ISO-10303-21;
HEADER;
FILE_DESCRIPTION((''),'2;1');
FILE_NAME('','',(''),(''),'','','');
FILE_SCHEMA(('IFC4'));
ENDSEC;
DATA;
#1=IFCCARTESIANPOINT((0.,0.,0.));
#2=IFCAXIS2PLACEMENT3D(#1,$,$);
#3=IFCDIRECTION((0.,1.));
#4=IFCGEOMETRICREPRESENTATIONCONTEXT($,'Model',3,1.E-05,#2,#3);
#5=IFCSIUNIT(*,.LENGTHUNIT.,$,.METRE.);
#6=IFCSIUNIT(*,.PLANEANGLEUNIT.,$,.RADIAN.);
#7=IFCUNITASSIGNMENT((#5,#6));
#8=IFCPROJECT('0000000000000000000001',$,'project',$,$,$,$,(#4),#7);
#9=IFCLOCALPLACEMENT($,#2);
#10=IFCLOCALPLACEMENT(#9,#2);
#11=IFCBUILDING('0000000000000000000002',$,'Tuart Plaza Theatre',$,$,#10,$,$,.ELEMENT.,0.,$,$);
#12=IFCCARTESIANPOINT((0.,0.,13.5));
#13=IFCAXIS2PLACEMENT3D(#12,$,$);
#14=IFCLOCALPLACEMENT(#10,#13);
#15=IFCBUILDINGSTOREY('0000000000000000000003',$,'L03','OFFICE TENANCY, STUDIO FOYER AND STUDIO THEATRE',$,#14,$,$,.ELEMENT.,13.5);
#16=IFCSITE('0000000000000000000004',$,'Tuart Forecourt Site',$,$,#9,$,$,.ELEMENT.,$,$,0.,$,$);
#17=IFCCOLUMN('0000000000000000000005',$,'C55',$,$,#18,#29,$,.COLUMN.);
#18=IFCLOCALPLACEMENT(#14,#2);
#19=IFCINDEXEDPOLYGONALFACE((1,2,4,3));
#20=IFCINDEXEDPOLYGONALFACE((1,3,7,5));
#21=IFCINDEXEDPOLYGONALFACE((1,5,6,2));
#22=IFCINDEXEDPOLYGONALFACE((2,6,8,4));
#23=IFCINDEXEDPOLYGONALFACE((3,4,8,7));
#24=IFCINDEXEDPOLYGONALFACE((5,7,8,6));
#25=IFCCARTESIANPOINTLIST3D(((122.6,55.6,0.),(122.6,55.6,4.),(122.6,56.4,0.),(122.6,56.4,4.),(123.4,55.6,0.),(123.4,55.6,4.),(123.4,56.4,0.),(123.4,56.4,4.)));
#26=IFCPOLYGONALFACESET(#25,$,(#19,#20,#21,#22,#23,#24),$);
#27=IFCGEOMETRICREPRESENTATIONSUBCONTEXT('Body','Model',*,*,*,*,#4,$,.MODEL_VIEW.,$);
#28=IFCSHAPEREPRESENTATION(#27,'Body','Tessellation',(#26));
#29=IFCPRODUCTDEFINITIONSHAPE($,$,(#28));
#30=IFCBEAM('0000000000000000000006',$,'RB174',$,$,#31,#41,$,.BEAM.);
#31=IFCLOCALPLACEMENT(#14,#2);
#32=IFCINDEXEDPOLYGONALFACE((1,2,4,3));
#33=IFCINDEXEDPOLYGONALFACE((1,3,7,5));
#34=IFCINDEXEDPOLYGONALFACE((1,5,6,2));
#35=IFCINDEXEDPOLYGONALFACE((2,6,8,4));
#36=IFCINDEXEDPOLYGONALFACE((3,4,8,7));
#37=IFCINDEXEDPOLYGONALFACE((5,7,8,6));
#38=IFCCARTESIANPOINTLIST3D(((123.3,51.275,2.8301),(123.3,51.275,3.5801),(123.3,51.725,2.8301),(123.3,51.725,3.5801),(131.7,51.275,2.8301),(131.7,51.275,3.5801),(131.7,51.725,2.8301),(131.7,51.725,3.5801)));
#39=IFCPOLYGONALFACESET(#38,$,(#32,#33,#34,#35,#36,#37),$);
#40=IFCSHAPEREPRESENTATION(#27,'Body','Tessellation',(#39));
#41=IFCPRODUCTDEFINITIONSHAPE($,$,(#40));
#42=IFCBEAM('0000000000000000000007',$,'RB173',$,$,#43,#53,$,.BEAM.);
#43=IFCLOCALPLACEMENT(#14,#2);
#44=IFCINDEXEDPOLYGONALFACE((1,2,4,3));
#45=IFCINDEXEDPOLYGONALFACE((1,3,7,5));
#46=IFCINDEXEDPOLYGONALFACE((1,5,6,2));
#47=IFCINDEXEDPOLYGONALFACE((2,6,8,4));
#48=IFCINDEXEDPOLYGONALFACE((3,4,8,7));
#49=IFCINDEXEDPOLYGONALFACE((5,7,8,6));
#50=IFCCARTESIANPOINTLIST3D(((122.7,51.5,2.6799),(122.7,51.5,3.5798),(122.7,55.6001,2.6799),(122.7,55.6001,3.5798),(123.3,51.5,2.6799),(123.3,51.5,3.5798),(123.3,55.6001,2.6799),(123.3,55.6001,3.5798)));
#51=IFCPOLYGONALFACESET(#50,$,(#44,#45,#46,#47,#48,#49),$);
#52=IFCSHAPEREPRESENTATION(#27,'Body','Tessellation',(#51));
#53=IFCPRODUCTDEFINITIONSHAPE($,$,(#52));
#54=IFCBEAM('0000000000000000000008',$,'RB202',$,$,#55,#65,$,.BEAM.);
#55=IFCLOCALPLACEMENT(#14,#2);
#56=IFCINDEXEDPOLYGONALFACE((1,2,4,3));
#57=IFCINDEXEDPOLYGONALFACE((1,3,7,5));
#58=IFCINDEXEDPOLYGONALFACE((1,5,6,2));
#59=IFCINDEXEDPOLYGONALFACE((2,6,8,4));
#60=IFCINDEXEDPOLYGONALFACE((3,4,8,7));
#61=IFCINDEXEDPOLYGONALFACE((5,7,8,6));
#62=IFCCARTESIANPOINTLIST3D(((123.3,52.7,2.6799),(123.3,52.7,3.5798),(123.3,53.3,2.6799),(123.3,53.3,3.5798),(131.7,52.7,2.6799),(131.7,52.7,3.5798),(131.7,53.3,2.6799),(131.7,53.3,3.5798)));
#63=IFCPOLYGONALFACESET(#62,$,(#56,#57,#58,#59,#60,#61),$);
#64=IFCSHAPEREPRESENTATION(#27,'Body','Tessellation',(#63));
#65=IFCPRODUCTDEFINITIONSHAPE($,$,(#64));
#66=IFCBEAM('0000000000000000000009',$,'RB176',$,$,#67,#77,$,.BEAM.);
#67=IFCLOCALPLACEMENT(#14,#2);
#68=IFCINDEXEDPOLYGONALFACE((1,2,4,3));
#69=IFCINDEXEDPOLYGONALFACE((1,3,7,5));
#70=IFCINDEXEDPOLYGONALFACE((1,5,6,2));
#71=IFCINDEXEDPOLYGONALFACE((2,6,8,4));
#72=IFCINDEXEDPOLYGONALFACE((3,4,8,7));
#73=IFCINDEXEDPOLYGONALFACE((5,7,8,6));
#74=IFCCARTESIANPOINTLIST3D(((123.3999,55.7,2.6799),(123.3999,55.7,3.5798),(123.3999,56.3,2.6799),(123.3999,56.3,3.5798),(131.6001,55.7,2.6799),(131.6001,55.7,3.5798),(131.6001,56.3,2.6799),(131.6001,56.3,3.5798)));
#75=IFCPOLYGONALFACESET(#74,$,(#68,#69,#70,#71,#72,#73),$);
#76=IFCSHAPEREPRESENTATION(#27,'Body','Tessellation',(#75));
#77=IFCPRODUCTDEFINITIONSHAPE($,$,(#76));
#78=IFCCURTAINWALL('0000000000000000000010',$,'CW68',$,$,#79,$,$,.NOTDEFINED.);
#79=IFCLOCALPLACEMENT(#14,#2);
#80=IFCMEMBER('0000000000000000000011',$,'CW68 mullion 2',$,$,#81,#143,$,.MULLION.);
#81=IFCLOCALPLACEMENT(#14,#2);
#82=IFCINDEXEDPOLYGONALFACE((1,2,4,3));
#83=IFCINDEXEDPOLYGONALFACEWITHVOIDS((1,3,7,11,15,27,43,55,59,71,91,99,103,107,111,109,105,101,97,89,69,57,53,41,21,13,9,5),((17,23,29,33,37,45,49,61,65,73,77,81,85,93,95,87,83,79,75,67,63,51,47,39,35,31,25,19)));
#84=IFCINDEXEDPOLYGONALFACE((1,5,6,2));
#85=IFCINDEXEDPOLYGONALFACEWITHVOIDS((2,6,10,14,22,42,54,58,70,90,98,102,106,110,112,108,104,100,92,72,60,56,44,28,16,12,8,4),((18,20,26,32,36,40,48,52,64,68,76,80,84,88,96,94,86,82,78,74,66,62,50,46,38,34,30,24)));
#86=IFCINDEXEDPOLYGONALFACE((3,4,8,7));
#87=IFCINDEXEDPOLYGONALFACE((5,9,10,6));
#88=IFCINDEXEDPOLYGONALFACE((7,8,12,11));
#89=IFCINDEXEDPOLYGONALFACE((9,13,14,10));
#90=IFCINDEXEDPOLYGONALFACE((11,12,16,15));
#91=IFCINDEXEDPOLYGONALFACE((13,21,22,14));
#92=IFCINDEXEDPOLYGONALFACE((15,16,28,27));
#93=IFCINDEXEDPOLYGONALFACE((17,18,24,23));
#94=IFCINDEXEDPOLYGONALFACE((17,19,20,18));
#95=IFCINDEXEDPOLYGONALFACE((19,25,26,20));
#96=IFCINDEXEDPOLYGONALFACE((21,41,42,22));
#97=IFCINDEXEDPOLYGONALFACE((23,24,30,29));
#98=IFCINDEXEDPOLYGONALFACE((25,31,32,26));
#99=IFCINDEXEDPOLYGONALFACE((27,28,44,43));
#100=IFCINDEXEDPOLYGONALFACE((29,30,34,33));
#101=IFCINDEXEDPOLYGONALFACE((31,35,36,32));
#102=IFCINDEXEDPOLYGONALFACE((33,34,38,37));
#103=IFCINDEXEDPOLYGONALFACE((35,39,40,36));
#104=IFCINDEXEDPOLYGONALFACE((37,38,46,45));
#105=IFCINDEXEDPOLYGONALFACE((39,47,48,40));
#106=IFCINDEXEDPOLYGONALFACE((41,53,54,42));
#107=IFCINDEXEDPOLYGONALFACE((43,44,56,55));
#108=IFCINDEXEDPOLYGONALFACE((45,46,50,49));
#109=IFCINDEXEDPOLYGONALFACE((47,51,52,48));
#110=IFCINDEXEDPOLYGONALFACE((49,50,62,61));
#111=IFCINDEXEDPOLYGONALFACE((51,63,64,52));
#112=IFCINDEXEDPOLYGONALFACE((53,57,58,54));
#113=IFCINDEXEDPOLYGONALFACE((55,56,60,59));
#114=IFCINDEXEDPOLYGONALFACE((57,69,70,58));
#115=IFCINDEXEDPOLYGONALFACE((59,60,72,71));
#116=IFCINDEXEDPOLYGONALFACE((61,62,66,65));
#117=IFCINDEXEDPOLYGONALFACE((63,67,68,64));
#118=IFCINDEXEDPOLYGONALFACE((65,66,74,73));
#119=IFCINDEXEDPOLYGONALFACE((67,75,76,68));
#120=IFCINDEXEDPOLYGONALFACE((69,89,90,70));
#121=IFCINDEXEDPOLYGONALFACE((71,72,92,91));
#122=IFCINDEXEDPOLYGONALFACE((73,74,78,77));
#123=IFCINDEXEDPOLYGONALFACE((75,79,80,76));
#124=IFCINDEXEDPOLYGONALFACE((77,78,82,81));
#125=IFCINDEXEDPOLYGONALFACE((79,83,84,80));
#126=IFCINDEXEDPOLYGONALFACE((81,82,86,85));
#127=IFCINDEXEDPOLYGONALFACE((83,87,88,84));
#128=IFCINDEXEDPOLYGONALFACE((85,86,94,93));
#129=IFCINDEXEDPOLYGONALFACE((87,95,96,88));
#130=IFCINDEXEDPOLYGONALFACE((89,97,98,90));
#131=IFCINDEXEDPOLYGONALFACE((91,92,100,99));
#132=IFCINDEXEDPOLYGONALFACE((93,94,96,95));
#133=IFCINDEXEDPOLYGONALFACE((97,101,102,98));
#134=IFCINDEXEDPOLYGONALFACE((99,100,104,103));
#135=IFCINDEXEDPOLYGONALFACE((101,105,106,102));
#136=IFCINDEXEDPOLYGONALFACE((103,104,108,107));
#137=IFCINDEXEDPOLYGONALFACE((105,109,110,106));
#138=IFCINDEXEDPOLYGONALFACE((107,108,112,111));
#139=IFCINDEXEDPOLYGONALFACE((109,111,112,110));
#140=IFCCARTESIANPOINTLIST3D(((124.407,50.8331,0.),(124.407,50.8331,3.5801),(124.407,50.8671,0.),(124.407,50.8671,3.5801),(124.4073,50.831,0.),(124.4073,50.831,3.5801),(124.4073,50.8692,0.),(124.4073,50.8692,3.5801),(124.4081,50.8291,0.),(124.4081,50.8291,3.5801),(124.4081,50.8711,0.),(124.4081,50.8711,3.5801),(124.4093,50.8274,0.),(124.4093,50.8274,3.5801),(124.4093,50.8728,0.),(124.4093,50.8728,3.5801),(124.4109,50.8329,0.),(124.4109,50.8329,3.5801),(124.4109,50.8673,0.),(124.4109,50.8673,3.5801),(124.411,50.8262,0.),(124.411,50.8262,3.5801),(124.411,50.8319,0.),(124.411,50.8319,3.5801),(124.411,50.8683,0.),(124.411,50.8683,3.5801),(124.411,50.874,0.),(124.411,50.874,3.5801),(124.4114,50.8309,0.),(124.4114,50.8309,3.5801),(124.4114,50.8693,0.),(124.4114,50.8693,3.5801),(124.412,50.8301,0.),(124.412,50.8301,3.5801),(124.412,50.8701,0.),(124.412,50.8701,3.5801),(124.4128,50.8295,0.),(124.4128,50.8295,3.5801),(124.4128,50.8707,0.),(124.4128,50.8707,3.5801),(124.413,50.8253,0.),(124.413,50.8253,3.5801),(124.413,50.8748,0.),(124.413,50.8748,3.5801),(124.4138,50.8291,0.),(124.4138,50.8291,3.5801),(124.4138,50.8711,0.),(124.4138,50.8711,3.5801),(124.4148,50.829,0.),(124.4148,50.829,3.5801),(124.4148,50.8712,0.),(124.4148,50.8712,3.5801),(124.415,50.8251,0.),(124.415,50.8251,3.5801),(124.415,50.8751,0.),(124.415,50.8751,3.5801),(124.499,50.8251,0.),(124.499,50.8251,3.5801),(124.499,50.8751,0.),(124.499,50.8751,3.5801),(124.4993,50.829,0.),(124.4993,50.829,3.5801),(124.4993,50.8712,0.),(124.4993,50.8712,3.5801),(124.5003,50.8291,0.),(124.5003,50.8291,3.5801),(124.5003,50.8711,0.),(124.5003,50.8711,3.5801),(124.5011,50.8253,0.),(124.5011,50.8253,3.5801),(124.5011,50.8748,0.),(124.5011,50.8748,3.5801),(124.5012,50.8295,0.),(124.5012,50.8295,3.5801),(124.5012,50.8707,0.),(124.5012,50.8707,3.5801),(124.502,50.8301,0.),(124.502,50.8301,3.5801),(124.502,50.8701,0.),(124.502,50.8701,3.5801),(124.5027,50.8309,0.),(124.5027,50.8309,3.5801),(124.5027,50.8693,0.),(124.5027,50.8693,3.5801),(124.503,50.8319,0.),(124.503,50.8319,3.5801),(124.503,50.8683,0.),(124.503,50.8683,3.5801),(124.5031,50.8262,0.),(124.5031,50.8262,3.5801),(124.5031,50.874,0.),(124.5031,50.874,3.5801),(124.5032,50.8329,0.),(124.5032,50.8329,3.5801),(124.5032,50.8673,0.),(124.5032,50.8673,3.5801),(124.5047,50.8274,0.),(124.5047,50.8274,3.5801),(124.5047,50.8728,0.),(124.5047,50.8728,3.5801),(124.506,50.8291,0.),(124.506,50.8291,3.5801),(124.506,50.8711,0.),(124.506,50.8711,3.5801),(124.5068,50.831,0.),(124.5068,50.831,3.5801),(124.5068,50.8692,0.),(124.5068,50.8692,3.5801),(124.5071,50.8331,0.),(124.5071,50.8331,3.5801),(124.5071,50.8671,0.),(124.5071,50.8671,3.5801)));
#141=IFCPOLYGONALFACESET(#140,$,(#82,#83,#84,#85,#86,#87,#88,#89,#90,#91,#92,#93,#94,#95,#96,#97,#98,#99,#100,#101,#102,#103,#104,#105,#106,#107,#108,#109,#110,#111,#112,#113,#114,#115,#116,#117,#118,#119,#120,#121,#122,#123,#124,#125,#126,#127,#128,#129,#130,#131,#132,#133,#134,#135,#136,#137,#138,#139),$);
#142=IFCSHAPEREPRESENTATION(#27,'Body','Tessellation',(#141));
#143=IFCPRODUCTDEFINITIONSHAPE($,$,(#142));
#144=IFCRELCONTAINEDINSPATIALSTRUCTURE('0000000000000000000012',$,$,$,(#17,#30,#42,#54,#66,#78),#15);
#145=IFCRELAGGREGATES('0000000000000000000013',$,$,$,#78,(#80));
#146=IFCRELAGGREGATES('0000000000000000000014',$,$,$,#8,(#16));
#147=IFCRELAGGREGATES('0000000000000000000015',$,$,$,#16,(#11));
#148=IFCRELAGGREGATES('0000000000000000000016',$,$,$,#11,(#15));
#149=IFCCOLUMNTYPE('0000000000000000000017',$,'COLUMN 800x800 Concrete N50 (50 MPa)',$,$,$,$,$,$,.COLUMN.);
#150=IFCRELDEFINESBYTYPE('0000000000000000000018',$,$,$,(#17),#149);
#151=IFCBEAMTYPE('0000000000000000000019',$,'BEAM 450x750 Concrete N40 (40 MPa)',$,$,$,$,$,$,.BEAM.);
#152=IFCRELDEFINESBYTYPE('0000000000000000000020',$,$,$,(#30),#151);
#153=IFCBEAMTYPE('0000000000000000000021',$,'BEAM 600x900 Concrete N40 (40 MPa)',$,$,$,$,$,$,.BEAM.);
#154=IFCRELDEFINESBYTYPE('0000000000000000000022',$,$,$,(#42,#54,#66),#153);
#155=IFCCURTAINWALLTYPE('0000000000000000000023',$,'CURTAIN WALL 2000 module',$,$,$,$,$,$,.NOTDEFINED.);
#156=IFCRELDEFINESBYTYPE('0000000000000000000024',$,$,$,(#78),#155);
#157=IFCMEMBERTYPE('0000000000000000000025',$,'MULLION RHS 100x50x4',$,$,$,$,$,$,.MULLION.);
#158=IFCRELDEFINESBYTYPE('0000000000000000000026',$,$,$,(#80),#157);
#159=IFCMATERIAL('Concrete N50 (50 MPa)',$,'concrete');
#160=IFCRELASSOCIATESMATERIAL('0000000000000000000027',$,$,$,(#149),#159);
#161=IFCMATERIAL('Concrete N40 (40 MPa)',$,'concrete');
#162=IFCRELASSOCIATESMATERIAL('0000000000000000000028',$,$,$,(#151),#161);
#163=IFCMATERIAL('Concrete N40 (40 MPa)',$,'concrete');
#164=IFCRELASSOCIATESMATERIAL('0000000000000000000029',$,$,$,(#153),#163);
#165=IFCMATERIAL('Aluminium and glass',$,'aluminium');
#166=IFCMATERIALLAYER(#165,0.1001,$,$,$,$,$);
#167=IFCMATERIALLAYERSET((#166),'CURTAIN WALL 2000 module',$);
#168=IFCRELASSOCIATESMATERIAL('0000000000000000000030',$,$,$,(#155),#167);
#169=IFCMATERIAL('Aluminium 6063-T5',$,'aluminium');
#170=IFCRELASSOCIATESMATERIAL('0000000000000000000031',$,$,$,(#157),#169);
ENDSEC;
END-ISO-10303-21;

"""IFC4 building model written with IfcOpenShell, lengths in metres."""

from ifc_helpers import new_model, si_unit, direction, frame, origin, origin_2d, place, context, subcontext, project, spatial, rectangle, hollow_rectangle, extrude, material, layer, layer_set, material_profile, profile_set, type_object, element, aggregate, save


model = new_model("IFC4")

# Units and contexts
model_context = context("Model", 3, precision=1e-05, world=origin(), true_north=direction((0.0, 1.0)))
body_context = subcontext(model_context, "Body", "Model", "MODEL_VIEW")
ifc_project = project(units=[si_unit("LENGTHUNIT", "METRE"), si_unit("PLANEANGLEUNIT", "RADIAN")], contexts=[model_context])

# Site, building, storey
site_placement = place(None, origin())
site = spatial("IfcSite", under=ifc_project, at=site_placement, Name="Tuart Forecourt Site", CompositionType="ELEMENT", RefElevation=0.0)
building_placement = place(site_placement, origin())
building = spatial("IfcBuilding", under=site, at=building_placement, Name="Tuart Plaza Theatre", CompositionType="ELEMENT", ElevationOfRefHeight=0.0)
storey_placement = place(building_placement, frame((0.0, 0.0, 13.5)))
storey = spatial("IfcBuildingStorey", under=building, at=storey_placement, Name="L03", Description="OFFICE TENANCY, STUDIO FOYER AND STUDIO THEATRE", CompositionType="ELEMENT", Elevation=13.5)

# Column
ifc_material_1 = material(Name="Concrete N50 (50 MPa)", Category="concrete")
ifc_material_profile_1 = material_profile(ifc_material_1, rectangle(XDim=0.8, YDim=0.8, at=origin_2d()), Name="COLUMN 800x800 Concrete N50 (50 MPa)")
ifc_profile_set_1 = profile_set([ifc_material_profile_1], Name="Concrete N50 (50 MPa)")
column_type = type_object("IfcColumnType", Name="COLUMN 800x800 Concrete N50 (50 MPa)", PredefinedType="COLUMN", material=ifc_profile_set_1)
column_placement = place(storey_placement, frame((123.0, 56.0, 0.0), z_axis=(0.0, 0.0, 1.0), x_axis=(1.0, 0.0, 0.0)))
element("IfcColumn", 1, at=column_placement, inside=storey, type_object=column_type, Name="C55", PredefinedType="COLUMN", context=body_context, shape_type="SweptSolid", body=[
    extrude(rectangle(XDim=0.8, YDim=0.8, at=origin_2d()), origin(), (0.0, 0.0, 1.0), 4.0),
])

# Beams
ifc_material_2 = material(Name="Concrete N40 (40 MPa)", Category="concrete")
ifc_material_profile_2 = material_profile(ifc_material_2, rectangle(XDim=0.45, YDim=0.75, at=origin_2d()), Name="BEAM 450x750 Concrete N40 (40 MPa)")
ifc_profile_set_2 = profile_set([ifc_material_profile_2], Name="Concrete N40 (40 MPa)")
beam_type_1 = type_object("IfcBeamType", Name="BEAM 450x750 Concrete N40 (40 MPa)", PredefinedType="BEAM", material=ifc_profile_set_2)
beam_1_placement = place(storey_placement, frame((123.3, 51.5, 3.2051), z_axis=(1.0, 0.0, 0.0), x_axis=(0.0, 1.0, 0.0)))
element("IfcBeam", 2, at=beam_1_placement, inside=storey, type_object=beam_type_1, Name="RB174", PredefinedType="BEAM", context=body_context, shape_type="SweptSolid", body=[
    extrude(rectangle(XDim=0.45, YDim=0.75, at=origin_2d()), origin(), (0.0, 0.0, 1.0), 8.3999),
])
ifc_material_3 = material(Name="Concrete N40 (40 MPa)", Category="concrete")
ifc_material_profile_3 = material_profile(ifc_material_3, rectangle(XDim=0.6001, YDim=0.8999, at=origin_2d()), Name="BEAM 600x900 Concrete N40 (40 MPa)")
ifc_profile_set_3 = profile_set([ifc_material_profile_3], Name="Concrete N40 (40 MPa)")
beam_type_2 = type_object("IfcBeamType", Name="BEAM 600x900 Concrete N40 (40 MPa)", PredefinedType="BEAM", material=ifc_profile_set_3)
beam_2_placement = place(storey_placement, frame((123.0, 51.5, 3.1299), z_axis=(0.0, 1.0, 0.0), x_axis=(-1.0, 0.0, 0.0)))
element("IfcBeam", 3, at=beam_2_placement, inside=storey, type_object=beam_type_2, Name="RB173", PredefinedType="BEAM", context=body_context, shape_type="SweptSolid", body=[
    extrude(rectangle(XDim=0.6001, YDim=0.8999, at=origin_2d()), origin(), (0.0, 0.0, 1.0), 4.1001),
])
beam_3_placement = place(storey_placement, frame((123.3, 53.0, 3.1299), z_axis=(1.0, 0.0, 0.0), x_axis=(0.0, 1.0, 0.0)))
element("IfcBeam", 4, at=beam_3_placement, inside=storey, type_object=beam_type_2, Name="RB202", PredefinedType="BEAM", context=body_context, shape_type="SweptSolid", body=[
    extrude(rectangle(XDim=0.6001, YDim=0.8999, at=origin_2d()), origin(), (0.0, 0.0, 1.0), 8.3999),
])
beam_4_placement = place(storey_placement, frame((123.3999, 56.0, 3.1299), z_axis=(1.0, 0.0, 0.0), x_axis=(0.0, 1.0, 0.0)))
element("IfcBeam", 5, at=beam_4_placement, inside=storey, type_object=beam_type_2, Name="RB176", PredefinedType="BEAM", context=body_context, shape_type="SweptSolid", body=[
    extrude(rectangle(XDim=0.6001, YDim=0.8999, at=origin_2d()), origin(), (0.0, 0.0, 1.0), 8.2002),
])

# Curtain wall, member
ifc_material_4 = material(Name="Aluminium and glass", Category="aluminium")
ifc_layer_1 = layer(ifc_material_4, 0.1001)
ifc_layer_set_1 = layer_set([ifc_layer_1], Name="CURTAIN WALL 2000 module")
curtain_wall_type = type_object("IfcCurtainWallType", Name="CURTAIN WALL 2000 module", PredefinedType="NOTDEFINED", material=ifc_layer_set_1)
curtain_wall_placement = place(storey_placement, origin())
curtain_wall = element("IfcCurtainWall", 6, at=curtain_wall_placement, inside=storey, type_object=curtain_wall_type, Name="CW68", PredefinedType="NOTDEFINED")
ifc_material_5 = material(Name="Aluminium 6063-T5", Category="aluminium")
ifc_material_profile_4 = material_profile(ifc_material_5, hollow_rectangle(XDim=0.05, YDim=0.1001, WallThickness=0.0039, InnerFilletRadius=0.0039, OuterFilletRadius=0.0081, at=origin_2d()), Name="RHS 100x50x4")
ifc_profile_set_4 = profile_set([ifc_material_profile_4], Name="Aluminium 6063-T5")
member_type_1 = type_object("IfcMemberType", Name="MULLION RHS 100x50x4", PredefinedType="MULLION", material=ifc_profile_set_4)
member_1_placement = place(storey_placement, frame((124.457, 50.8501, 0.0), z_axis=(0.0, 0.0, 1.0), x_axis=(0.0, 1.0, 0.0)))
member_1 = element("IfcMember", 7, at=member_1_placement, type_object=member_type_1, Name="CW68 mullion 2", PredefinedType="MULLION", context=body_context, shape_type="SweptSolid", body=[
    extrude(hollow_rectangle(XDim=0.05, YDim=0.1001, WallThickness=0.0039, InnerFilletRadius=0.0039, OuterFilletRadius=0.0081, at=origin_2d()), origin(), (0.0, 0.0, 1.0), 3.5801),
])
aggregate(curtain_wall, [member_1])

save(model, "model.ifc")
